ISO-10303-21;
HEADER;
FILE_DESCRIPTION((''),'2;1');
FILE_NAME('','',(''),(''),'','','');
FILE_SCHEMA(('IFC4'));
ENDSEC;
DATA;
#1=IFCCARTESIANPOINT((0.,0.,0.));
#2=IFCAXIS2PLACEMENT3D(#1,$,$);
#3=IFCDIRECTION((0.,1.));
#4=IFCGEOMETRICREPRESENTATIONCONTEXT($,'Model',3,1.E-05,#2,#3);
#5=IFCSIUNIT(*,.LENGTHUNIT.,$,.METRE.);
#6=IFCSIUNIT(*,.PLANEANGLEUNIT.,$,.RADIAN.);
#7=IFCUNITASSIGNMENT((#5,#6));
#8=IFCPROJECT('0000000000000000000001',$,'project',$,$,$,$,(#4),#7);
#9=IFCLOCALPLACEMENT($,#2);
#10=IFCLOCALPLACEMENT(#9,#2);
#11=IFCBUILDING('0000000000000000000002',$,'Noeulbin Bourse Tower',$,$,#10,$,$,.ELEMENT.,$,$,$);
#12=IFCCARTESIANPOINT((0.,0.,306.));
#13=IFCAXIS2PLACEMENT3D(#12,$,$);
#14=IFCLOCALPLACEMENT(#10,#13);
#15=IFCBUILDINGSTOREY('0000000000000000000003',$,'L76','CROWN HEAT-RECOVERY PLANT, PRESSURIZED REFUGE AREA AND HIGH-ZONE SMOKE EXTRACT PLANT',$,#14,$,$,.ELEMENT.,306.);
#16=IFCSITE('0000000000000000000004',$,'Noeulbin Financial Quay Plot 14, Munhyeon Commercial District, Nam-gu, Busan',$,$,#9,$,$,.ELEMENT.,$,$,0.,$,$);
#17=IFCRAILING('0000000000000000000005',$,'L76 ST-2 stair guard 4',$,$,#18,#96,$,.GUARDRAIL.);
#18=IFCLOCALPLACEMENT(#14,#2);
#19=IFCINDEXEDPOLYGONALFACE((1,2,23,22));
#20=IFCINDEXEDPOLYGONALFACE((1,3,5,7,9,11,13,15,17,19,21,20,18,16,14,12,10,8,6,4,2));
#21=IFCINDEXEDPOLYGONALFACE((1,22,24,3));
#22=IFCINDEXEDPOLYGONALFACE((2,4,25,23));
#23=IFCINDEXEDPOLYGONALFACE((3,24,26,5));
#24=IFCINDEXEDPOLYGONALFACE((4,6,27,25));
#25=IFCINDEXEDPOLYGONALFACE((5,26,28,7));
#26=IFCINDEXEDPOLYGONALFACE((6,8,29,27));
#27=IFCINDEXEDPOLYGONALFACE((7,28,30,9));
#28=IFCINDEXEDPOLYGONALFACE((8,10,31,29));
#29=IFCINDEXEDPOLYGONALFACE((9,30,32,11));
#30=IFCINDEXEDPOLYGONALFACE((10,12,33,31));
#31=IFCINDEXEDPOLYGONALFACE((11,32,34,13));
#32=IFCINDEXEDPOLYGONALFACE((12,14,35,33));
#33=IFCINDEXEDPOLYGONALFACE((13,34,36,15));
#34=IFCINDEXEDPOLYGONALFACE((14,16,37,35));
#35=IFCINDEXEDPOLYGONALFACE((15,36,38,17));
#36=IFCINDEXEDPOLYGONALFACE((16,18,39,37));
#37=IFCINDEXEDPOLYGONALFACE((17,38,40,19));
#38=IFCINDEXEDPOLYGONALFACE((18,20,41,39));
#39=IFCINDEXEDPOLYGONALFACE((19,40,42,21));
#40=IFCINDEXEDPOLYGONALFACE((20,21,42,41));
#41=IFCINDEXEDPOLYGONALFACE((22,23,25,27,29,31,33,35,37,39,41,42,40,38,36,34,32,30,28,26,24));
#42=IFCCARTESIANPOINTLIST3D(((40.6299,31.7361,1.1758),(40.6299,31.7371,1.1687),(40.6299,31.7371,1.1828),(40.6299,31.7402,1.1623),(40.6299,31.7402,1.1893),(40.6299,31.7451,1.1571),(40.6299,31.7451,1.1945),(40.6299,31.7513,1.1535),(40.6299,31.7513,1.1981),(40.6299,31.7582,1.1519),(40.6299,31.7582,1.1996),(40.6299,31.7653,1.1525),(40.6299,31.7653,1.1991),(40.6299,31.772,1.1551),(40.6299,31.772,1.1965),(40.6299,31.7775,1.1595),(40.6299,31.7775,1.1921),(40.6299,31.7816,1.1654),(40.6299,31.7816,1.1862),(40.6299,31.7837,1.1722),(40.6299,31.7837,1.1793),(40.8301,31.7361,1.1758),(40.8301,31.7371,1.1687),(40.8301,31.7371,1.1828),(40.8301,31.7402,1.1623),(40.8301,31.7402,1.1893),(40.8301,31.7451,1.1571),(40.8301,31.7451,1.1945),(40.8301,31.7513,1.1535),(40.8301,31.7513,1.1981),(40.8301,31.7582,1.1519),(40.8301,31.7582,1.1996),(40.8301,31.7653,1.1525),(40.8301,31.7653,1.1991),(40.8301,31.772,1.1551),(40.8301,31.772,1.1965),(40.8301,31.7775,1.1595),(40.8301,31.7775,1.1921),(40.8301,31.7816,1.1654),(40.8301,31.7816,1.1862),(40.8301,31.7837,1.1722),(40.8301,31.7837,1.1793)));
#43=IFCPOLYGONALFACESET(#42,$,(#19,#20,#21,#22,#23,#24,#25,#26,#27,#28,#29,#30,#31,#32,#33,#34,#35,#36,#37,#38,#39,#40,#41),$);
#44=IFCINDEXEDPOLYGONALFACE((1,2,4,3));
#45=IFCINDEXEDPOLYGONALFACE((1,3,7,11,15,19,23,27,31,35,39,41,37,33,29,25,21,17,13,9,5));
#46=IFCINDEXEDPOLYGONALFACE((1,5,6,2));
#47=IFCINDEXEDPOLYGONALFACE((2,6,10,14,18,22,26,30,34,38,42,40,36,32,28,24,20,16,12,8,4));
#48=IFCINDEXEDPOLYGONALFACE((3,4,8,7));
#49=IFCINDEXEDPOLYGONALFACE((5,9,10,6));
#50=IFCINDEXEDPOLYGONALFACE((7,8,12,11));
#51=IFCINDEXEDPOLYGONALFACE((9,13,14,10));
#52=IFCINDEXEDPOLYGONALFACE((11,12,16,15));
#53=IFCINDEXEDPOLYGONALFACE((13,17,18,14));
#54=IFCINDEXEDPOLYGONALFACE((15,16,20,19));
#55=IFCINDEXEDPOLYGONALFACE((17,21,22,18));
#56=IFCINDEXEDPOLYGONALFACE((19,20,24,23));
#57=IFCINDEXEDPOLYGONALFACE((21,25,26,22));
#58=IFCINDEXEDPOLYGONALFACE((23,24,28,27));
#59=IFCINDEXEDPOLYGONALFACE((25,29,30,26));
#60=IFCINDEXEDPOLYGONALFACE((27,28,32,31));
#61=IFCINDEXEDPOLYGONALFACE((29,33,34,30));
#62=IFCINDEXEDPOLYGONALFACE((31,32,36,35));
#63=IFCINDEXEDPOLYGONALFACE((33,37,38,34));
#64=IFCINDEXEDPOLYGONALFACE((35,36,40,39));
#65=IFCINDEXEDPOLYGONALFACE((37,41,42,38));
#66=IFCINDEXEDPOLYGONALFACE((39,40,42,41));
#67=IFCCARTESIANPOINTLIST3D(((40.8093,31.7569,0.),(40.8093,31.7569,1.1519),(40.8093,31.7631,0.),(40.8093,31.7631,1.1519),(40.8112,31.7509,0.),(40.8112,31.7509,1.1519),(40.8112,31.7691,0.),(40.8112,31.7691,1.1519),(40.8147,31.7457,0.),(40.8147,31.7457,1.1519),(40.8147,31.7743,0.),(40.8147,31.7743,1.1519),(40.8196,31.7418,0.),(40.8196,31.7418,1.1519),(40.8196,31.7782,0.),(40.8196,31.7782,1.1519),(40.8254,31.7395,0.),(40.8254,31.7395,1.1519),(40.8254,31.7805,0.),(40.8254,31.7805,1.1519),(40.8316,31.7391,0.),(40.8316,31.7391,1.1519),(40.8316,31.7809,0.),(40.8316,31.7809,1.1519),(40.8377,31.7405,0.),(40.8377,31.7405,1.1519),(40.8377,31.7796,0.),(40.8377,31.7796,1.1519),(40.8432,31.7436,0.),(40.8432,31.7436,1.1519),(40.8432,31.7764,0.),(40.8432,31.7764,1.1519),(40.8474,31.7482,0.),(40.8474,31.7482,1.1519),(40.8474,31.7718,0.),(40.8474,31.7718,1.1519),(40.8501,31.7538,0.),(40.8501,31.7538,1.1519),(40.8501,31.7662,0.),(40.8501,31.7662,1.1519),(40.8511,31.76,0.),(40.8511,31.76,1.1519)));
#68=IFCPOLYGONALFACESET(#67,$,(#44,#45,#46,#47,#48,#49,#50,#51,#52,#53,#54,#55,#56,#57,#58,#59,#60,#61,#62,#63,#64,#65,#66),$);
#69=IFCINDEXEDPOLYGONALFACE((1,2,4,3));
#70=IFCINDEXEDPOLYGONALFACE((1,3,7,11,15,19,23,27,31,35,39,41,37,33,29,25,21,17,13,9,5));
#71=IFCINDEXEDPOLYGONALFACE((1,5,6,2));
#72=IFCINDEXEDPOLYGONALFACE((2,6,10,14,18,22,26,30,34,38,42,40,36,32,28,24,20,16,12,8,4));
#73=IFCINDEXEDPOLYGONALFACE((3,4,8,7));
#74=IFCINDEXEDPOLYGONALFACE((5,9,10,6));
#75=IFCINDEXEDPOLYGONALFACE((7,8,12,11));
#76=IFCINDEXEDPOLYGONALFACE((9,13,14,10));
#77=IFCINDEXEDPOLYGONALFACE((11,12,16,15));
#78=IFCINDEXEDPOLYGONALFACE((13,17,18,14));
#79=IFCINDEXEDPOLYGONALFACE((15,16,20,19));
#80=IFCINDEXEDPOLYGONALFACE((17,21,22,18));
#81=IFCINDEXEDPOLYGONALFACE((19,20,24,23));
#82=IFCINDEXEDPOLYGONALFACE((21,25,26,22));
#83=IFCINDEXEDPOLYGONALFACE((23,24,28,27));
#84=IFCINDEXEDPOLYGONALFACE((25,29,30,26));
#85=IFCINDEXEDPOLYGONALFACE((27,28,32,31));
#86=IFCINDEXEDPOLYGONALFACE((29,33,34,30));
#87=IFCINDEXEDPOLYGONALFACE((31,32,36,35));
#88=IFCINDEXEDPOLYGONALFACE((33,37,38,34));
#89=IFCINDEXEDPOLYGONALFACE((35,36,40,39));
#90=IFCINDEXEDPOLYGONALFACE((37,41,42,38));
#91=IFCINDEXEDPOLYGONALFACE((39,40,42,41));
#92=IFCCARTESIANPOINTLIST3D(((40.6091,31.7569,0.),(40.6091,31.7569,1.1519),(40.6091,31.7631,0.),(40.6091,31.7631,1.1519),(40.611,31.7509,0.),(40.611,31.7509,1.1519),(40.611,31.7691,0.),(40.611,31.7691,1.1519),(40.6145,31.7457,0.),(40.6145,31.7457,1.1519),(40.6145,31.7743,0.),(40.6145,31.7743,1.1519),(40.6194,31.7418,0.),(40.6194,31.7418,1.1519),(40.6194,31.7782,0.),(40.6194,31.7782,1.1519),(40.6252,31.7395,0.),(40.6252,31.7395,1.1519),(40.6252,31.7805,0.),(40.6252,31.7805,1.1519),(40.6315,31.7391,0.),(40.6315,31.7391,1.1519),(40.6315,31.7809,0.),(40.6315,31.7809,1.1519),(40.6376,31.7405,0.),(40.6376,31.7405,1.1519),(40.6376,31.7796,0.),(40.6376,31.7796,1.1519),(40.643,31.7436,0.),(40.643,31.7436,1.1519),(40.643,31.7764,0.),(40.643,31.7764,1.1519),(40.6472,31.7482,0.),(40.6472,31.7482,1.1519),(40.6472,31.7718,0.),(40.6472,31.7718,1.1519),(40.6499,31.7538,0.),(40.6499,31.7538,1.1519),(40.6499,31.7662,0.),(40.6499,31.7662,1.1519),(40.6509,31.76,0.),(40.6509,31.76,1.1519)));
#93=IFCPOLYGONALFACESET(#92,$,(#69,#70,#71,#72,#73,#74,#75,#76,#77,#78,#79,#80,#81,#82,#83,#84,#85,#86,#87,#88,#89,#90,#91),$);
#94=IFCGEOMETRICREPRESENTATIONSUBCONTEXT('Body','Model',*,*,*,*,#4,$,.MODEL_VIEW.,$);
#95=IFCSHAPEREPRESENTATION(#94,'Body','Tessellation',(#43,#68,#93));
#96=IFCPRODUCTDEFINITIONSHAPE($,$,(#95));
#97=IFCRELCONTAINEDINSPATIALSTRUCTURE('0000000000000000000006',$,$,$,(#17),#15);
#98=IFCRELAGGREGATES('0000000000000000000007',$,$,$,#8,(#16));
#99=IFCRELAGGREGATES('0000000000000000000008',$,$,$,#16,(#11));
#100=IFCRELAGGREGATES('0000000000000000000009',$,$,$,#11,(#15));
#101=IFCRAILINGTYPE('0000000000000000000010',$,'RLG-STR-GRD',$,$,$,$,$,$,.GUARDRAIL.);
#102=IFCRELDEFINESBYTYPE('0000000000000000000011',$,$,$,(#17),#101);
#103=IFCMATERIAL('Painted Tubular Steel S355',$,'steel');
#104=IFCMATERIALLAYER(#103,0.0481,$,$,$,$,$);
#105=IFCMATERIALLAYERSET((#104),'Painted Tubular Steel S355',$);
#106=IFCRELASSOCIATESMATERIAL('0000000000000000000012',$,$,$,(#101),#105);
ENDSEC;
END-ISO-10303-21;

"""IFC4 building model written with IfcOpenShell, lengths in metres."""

from ifc_helpers import new_model, si_unit, direction, frame, origin, origin_2d, place, context, subcontext, project, spatial, circle, extrude, material, layer, layer_set, type_object, element, save


model = new_model("IFC4")

# Units and contexts
model_context = context("Model", 3, precision=1e-05, world=origin(), true_north=direction((0.0, 1.0)))
body_context = subcontext(model_context, "Body", "Model", "MODEL_VIEW")
ifc_project = project(units=[si_unit("LENGTHUNIT", "METRE"), si_unit("PLANEANGLEUNIT", "RADIAN")], contexts=[model_context])

# Site, building, storey
site_placement = place(None, origin())
site = spatial("IfcSite", under=ifc_project, at=site_placement, Name="Noeulbin Financial Quay Plot 14, Munhyeon Commercial District, Nam-gu, Busan", CompositionType="ELEMENT", RefElevation=0.0)
building_placement = place(site_placement, origin())
building = spatial("IfcBuilding", under=site, at=building_placement, Name="Noeulbin Bourse Tower", CompositionType="ELEMENT")
storey_placement = place(building_placement, frame((0.0, 0.0, 306.0)))
storey = spatial("IfcBuildingStorey", under=building, at=storey_placement, Name="L76", Description="CROWN HEAT-RECOVERY PLANT, PRESSURIZED REFUGE AREA AND HIGH-ZONE SMOKE EXTRACT PLANT", CompositionType="ELEMENT", Elevation=306.0)

# Railing
ifc_material_1 = material(Name="Painted Tubular Steel S355", Category="steel")
ifc_layer_1 = layer(ifc_material_1, 0.0481)
ifc_layer_set_1 = layer_set([ifc_layer_1], Name="Painted Tubular Steel S355")
railing_type = type_object("IfcRailingType", Name="RLG-STR-GRD", PredefinedType="GUARDRAIL", material=ifc_layer_set_1)
railing_1_placement = place(storey_placement, frame((40.8301, 31.76, 0.0)))
element("IfcRailing", 1, at=railing_1_placement, inside=storey, type_object=railing_type, Name="L76 ST-2 stair guard 4", PredefinedType="GUARDRAIL", context=body_context, shape_type="SweptSolid", body=[
    extrude(circle(Radius=0.0239, at=origin_2d()), frame((0.0, 0.0, 1.1758), z_axis=(-1.0, 0.0, 0.0), x_axis=(0.0, -1.0, 0.0)), (0.0, 0.0, 1.0), 0.2002),
    extrude(circle(Radius=0.021, at=origin_2d()), origin(), (0.0, 0.0, 1.0), 1.1519),
    extrude(circle(Radius=0.021, at=origin_2d()), frame((-0.2002, 0.0, 0.0)), (0.0, 0.0, 1.0), 1.1519),
])

save(model, "model.ifc")
